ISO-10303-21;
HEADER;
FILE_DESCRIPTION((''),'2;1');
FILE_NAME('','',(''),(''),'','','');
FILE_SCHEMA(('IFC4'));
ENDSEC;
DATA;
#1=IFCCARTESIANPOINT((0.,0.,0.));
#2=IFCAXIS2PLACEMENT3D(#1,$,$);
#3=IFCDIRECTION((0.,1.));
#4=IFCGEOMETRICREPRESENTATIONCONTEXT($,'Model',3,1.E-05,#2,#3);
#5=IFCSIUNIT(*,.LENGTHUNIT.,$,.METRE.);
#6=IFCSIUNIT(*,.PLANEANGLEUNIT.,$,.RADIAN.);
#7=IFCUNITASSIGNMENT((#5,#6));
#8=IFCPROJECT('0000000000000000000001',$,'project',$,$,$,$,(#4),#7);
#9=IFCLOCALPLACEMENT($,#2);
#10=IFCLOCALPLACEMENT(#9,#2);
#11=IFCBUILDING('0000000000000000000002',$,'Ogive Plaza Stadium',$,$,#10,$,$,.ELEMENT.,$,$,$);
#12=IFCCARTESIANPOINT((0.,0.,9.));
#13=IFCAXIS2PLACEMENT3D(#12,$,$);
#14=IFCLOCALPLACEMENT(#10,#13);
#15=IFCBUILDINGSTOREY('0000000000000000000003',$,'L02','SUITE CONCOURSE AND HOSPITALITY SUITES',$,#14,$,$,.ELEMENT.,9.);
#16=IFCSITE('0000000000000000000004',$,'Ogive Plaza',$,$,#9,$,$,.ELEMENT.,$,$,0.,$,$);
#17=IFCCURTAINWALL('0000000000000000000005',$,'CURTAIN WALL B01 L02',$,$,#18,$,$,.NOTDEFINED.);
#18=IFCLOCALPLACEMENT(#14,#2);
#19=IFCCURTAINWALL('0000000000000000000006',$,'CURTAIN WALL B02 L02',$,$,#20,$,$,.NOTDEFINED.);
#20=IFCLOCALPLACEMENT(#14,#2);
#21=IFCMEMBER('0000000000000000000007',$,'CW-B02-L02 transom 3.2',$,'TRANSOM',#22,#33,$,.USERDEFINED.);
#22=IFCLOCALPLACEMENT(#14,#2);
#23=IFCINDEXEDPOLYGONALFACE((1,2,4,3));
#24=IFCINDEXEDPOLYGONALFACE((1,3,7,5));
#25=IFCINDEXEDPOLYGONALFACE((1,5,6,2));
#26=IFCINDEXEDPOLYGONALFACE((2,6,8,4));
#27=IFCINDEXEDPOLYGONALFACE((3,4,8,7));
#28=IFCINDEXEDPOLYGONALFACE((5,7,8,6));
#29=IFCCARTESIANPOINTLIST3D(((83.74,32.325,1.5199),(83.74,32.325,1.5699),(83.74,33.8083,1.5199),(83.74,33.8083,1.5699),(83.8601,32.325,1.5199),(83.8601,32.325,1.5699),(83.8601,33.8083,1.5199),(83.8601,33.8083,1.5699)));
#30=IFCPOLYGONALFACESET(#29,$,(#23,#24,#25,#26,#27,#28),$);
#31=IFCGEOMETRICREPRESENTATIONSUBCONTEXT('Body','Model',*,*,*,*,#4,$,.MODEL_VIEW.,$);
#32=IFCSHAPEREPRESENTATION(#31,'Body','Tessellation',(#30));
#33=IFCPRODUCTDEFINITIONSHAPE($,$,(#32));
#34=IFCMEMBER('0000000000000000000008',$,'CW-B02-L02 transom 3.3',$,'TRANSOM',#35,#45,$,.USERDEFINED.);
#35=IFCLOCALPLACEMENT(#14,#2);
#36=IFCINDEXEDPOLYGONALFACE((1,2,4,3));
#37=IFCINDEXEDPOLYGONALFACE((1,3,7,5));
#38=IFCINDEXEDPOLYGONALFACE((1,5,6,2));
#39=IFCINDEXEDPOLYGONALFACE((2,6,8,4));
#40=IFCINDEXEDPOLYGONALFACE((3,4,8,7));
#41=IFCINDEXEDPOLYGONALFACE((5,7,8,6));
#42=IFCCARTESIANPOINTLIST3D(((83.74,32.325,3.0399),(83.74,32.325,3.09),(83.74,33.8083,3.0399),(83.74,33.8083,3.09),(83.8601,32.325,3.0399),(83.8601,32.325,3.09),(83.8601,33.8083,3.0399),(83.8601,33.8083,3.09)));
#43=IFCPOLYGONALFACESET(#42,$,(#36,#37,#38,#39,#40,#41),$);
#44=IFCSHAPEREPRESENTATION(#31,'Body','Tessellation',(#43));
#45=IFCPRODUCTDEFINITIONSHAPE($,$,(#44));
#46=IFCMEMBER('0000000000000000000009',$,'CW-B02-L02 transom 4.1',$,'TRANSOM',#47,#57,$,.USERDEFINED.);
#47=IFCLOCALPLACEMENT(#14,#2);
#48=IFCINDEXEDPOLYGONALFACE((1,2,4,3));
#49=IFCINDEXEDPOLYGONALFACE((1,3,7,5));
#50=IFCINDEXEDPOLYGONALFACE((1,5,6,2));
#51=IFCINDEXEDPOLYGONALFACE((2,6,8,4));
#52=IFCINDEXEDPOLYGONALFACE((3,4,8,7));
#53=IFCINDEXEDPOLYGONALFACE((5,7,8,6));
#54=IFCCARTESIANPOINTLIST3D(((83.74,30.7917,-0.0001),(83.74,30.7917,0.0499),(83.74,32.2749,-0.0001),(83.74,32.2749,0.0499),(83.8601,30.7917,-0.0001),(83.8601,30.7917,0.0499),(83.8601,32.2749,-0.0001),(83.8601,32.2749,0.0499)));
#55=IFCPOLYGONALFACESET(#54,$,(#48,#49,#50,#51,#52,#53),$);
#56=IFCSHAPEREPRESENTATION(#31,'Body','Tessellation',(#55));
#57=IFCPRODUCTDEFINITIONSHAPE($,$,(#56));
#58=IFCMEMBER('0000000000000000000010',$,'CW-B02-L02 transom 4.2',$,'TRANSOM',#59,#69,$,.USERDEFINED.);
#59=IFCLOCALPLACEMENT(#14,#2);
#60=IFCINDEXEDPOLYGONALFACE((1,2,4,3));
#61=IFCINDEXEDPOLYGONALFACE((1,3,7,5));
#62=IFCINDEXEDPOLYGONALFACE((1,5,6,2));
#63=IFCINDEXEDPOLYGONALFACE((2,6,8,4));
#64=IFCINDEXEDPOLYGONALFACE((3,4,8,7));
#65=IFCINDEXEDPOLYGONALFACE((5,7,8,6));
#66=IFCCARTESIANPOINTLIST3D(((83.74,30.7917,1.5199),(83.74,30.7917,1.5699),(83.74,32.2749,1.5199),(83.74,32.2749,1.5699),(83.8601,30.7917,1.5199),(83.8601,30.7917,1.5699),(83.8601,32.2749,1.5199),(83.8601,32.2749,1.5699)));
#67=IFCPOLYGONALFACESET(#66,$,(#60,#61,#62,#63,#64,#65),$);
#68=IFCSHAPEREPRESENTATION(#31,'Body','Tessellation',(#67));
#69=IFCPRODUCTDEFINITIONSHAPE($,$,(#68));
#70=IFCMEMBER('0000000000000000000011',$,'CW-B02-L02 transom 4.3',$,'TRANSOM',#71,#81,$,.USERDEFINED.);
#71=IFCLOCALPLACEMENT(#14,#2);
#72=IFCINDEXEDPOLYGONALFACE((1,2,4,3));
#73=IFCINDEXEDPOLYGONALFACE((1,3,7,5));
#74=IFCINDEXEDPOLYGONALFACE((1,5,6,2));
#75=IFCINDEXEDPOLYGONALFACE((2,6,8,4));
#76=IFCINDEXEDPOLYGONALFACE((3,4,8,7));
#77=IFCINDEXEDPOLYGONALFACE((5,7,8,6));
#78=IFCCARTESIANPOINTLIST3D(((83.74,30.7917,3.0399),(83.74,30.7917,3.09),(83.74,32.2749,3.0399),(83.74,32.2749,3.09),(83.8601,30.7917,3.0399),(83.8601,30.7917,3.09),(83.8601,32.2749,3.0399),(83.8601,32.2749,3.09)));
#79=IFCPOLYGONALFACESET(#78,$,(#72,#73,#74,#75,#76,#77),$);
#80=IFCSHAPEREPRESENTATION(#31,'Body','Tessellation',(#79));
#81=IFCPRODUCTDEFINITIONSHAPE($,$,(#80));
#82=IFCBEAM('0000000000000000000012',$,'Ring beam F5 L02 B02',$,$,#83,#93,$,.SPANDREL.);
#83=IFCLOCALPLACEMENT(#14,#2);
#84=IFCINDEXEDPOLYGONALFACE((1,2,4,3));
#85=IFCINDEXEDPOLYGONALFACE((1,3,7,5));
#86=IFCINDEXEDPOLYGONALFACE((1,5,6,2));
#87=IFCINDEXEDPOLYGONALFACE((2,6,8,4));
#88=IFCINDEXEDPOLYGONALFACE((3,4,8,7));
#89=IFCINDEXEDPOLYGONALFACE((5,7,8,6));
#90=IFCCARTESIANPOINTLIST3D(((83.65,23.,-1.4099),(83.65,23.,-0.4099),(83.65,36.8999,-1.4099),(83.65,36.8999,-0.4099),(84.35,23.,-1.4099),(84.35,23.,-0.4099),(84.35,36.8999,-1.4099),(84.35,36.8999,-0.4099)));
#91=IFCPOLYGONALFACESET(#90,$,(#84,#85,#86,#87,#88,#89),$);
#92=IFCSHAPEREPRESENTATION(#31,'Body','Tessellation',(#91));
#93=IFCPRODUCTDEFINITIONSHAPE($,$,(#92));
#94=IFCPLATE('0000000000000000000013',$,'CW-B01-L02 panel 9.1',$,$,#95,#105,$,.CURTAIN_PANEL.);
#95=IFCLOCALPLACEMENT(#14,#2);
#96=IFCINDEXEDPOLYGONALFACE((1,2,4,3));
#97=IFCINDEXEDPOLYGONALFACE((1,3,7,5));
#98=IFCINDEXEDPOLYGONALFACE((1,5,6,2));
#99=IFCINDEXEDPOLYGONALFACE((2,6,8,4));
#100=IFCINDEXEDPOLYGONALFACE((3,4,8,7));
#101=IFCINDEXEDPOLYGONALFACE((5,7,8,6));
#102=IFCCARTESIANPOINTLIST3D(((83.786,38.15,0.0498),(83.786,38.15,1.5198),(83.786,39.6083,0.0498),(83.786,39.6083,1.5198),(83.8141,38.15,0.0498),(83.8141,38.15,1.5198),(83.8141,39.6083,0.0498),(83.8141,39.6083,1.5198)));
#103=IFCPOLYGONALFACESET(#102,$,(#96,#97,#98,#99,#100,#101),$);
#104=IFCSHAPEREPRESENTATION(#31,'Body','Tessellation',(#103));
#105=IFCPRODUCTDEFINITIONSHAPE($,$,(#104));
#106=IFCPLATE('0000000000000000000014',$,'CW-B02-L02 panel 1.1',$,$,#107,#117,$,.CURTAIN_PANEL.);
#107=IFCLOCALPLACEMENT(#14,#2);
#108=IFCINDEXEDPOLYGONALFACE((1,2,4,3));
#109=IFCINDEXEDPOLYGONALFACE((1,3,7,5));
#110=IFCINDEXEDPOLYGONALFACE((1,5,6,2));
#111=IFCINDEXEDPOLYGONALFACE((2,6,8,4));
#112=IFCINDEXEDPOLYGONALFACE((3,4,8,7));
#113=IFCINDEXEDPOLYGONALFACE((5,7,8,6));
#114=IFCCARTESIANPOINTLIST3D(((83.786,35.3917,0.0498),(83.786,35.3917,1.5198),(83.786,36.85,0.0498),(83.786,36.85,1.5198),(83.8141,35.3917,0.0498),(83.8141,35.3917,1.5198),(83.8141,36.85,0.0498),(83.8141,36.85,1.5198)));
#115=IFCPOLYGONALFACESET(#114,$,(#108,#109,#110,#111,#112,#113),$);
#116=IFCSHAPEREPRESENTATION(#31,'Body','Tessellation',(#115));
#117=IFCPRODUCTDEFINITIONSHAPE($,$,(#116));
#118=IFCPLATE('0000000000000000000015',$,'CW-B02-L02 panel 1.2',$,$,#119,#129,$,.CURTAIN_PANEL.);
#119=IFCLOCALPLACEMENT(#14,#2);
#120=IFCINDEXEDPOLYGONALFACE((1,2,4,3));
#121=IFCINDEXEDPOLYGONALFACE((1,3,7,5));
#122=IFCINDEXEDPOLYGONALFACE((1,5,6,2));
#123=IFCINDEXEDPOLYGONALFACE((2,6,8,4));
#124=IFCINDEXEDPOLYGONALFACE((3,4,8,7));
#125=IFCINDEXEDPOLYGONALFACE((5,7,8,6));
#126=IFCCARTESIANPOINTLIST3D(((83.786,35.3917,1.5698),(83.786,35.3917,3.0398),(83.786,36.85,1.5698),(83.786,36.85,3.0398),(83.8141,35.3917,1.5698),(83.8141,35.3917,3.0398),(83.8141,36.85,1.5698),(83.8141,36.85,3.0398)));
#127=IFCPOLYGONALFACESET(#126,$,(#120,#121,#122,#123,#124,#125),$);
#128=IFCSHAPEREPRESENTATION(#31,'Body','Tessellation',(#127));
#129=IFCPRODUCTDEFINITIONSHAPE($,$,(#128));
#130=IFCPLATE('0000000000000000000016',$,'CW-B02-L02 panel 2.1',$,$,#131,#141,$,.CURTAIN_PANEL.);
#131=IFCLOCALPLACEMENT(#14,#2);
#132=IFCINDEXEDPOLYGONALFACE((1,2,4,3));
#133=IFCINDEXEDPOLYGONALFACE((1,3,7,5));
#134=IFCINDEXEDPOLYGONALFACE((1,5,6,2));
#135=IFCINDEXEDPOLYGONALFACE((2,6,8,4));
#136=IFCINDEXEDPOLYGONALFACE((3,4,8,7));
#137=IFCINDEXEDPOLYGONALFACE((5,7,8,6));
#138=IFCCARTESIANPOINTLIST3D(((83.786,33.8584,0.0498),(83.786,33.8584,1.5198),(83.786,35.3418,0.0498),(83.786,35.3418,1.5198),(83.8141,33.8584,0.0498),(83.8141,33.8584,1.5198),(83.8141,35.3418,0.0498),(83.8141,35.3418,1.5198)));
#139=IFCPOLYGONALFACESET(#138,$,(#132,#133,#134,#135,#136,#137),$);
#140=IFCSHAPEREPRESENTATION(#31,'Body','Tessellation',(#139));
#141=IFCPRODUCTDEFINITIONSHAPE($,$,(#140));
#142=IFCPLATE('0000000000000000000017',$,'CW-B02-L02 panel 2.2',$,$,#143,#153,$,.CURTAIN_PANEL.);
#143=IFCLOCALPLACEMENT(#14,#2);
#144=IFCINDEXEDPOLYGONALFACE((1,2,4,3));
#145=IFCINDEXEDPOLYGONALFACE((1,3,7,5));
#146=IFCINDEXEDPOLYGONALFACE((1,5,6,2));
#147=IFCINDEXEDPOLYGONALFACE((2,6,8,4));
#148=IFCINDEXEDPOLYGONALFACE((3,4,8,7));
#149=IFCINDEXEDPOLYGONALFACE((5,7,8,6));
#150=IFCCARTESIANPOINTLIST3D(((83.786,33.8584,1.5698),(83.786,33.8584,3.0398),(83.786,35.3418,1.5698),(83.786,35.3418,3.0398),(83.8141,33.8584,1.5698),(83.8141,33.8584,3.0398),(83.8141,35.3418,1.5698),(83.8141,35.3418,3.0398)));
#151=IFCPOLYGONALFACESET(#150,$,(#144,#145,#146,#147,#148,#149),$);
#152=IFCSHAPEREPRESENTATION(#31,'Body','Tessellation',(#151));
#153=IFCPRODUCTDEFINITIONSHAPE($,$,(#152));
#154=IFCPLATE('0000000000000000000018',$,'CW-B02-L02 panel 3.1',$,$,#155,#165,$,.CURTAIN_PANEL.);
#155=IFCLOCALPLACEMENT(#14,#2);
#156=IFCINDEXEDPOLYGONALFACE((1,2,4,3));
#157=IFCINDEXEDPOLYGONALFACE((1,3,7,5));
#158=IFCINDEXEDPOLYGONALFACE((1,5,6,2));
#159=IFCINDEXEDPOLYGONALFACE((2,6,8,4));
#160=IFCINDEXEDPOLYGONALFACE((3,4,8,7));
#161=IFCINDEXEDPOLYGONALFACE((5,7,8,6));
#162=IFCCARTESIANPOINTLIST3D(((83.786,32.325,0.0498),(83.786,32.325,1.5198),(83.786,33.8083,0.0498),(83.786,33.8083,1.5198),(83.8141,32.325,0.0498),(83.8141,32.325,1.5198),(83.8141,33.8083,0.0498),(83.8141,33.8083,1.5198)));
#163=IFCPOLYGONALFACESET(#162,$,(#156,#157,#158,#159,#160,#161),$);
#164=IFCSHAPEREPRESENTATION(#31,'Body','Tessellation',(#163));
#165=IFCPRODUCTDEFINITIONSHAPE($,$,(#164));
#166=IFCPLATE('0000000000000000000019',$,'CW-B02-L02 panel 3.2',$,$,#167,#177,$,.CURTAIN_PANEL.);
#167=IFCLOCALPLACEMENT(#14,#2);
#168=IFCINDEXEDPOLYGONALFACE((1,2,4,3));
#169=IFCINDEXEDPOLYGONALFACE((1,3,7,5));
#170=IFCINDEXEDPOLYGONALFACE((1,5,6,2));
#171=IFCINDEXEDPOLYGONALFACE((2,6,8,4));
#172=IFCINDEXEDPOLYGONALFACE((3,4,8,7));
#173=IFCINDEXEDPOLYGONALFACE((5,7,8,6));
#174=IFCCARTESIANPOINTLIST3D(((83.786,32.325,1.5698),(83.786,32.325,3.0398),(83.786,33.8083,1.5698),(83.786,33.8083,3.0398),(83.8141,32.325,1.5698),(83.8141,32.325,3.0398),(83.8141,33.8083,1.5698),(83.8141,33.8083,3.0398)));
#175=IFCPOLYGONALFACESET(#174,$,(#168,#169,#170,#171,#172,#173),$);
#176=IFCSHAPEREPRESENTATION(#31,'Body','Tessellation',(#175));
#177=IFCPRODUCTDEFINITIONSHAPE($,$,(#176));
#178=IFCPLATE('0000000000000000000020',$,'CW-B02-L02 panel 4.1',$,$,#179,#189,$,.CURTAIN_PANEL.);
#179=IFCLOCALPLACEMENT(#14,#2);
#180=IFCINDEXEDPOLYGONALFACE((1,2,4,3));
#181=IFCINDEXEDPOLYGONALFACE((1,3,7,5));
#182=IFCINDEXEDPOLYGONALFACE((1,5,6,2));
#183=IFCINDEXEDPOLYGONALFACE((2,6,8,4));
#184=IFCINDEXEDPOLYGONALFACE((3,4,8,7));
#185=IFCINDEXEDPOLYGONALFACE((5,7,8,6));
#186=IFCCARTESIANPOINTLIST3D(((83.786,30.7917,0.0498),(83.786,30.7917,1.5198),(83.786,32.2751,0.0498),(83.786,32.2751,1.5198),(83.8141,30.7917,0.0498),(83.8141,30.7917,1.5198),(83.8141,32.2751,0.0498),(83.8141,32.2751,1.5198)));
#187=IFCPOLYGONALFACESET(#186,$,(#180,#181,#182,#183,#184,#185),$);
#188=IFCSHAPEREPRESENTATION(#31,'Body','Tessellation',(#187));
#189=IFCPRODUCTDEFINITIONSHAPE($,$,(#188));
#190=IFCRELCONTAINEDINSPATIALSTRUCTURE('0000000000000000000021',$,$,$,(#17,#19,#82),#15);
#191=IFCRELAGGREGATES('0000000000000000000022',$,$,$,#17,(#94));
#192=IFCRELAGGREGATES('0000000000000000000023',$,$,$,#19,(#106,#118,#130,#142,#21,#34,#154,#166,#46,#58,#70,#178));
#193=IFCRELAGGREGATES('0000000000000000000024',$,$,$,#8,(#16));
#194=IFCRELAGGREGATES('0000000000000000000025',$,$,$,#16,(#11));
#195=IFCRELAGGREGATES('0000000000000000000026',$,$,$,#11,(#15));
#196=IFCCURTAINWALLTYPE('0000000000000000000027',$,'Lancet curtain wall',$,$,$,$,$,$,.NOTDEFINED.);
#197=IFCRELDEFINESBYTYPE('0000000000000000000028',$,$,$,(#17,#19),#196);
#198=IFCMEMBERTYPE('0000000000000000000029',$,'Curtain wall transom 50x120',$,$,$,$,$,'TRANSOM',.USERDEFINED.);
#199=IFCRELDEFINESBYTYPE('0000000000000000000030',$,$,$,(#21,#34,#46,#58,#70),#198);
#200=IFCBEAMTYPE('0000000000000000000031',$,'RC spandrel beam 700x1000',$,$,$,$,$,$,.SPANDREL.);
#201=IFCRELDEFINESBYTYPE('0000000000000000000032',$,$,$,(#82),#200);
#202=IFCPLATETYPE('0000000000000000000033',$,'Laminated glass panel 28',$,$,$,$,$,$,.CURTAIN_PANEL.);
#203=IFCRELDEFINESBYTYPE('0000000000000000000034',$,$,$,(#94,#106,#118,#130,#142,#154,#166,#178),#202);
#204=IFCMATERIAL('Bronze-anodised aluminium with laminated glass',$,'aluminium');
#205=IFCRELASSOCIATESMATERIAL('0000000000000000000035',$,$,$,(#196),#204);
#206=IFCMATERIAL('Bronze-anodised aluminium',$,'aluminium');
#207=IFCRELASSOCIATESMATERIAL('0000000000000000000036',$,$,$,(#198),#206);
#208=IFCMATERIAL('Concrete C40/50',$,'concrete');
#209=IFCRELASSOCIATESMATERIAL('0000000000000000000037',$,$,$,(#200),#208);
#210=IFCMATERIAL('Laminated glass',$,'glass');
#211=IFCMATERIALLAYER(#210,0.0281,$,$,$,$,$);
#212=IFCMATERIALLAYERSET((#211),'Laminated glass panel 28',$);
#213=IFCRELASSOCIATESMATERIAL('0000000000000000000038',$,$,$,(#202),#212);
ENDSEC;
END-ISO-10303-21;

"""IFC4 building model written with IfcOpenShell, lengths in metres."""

from ifc_helpers import new_model, si_unit, direction, frame, origin, origin_2d, place, context, subcontext, project, spatial, rectangle, extrude, material, layer, layer_set, material_profile, profile_set, type_object, element, aggregate, save


model = new_model("IFC4")

# Units and contexts
model_context = context("Model", 3, precision=1e-05, world=origin(), true_north=direction((0.0, 1.0)))
body_context = subcontext(model_context, "Body", "Model", "MODEL_VIEW")
ifc_project = project(units=[si_unit("LENGTHUNIT", "METRE"), si_unit("PLANEANGLEUNIT", "RADIAN")], contexts=[model_context])

# Site, building, storey
site_placement = place(None, origin())
site = spatial("IfcSite", under=ifc_project, at=site_placement, Name="Ogive Plaza", CompositionType="ELEMENT", RefElevation=0.0)
building_placement = place(site_placement, origin())
building = spatial("IfcBuilding", under=site, at=building_placement, Name="Ogive Plaza Stadium", CompositionType="ELEMENT")
storey_placement = place(building_placement, frame((0.0, 0.0, 9.0)))
storey = spatial("IfcBuildingStorey", under=building, at=storey_placement, Name="L02", Description="SUITE CONCOURSE AND HOSPITALITY SUITES", CompositionType="ELEMENT", Elevation=9.0)

# Curtain wall
ifc_material_1 = material(Name="Bronze-anodised aluminium with laminated glass", Category="aluminium")
curtain_wall_type = type_object("IfcCurtainWallType", Name="Lancet curtain wall", PredefinedType="NOTDEFINED", material=ifc_material_1)
curtain_wall_1_placement = place(storey_placement, origin())
curtain_wall_1 = element("IfcCurtainWall", 1, at=curtain_wall_1_placement, inside=storey, type_object=curtain_wall_type, Name="CURTAIN WALL B01 L02", PredefinedType="NOTDEFINED")

# Curtain wall, members
curtain_wall_2_placement = place(storey_placement, origin())
curtain_wall_2 = element("IfcCurtainWall", 2, at=curtain_wall_2_placement, inside=storey, type_object=curtain_wall_type, Name="CURTAIN WALL B02 L02", PredefinedType="NOTDEFINED")
ifc_material_2 = material(Name="Bronze-anodised aluminium", Category="aluminium")
ifc_material_profile_1 = material_profile(ifc_material_2, rectangle(XDim=0.1201, YDim=0.05, at=origin_2d()), Name="AL 120x50")
ifc_profile_set_1 = profile_set([ifc_material_profile_1], Name="Bronze-anodised aluminium")
member_type_1 = type_object("IfcMemberType", Name="Curtain wall transom 50x120", ElementType="TRANSOM", PredefinedType="USERDEFINED", material=ifc_profile_set_1)
member_1_placement = place(storey_placement, frame((83.8, 33.8083, 1.5449), z_axis=(0.0, -1.0, 0.0), x_axis=(1.0, 0.0, 0.0)))
member_1 = element("IfcMember", 3, at=member_1_placement, type_object=member_type_1, Name="CW-B02-L02 transom 3.2", ObjectType="TRANSOM", PredefinedType="USERDEFINED", context=body_context, shape_type="SweptSolid", body=[
    extrude(rectangle(XDim=0.1201, YDim=0.05, at=origin_2d()), origin(), (0.0, 0.0, 1.0), 1.4834),
])
member_2_placement = place(storey_placement, frame((83.8, 33.8083, 3.0649), z_axis=(0.0, -1.0, 0.0), x_axis=(1.0, 0.0, 0.0)))
member_2 = element("IfcMember", 4, at=member_2_placement, type_object=member_type_1, Name="CW-B02-L02 transom 3.3", ObjectType="TRANSOM", PredefinedType="USERDEFINED", context=body_context, shape_type="SweptSolid", body=[
    extrude(rectangle(XDim=0.1201, YDim=0.05, at=origin_2d()), origin(), (0.0, 0.0, 1.0), 1.4834),
])
member_3_placement = place(storey_placement, frame((83.8, 32.2749, 0.0249), z_axis=(0.0, -1.0, 0.0), x_axis=(1.0, 0.0, 0.0)))
member_3 = element("IfcMember", 5, at=member_3_placement, type_object=member_type_1, Name="CW-B02-L02 transom 4.1", ObjectType="TRANSOM", PredefinedType="USERDEFINED", context=body_context, shape_type="SweptSolid", body=[
    extrude(rectangle(XDim=0.1201, YDim=0.05, at=origin_2d()), origin(), (0.0, 0.0, 1.0), 1.4832),
])
member_4_placement = place(storey_placement, frame((83.8, 32.2749, 1.5449), z_axis=(0.0, -1.0, 0.0), x_axis=(1.0, 0.0, 0.0)))
member_4 = element("IfcMember", 6, at=member_4_placement, type_object=member_type_1, Name="CW-B02-L02 transom 4.2", ObjectType="TRANSOM", PredefinedType="USERDEFINED", context=body_context, shape_type="SweptSolid", body=[
    extrude(rectangle(XDim=0.1201, YDim=0.05, at=origin_2d()), origin(), (0.0, 0.0, 1.0), 1.4832),
])
member_5_placement = place(storey_placement, frame((83.8, 32.2749, 3.0649), z_axis=(0.0, -1.0, 0.0), x_axis=(1.0, 0.0, 0.0)))
member_5 = element("IfcMember", 7, at=member_5_placement, type_object=member_type_1, Name="CW-B02-L02 transom 4.3", ObjectType="TRANSOM", PredefinedType="USERDEFINED", context=body_context, shape_type="SweptSolid", body=[
    extrude(rectangle(XDim=0.1201, YDim=0.05, at=origin_2d()), origin(), (0.0, 0.0, 1.0), 1.4832),
])

# Beam
ifc_material_3 = material(Name="Concrete C40/50", Category="concrete")
ifc_material_profile_2 = material_profile(ifc_material_3, rectangle(XDim=0.7, YDim=1.0, at=origin_2d()), Name="RC 700x1000")
ifc_profile_set_2 = profile_set([ifc_material_profile_2], Name="Concrete C40/50")
beam_type = type_object("IfcBeamType", Name="RC spandrel beam 700x1000", PredefinedType="SPANDREL", material=ifc_profile_set_2)
beam_placement = place(storey_placement, frame((84.0, 36.8999, -0.9099), z_axis=(0.0, -1.0, 0.0), x_axis=(1.0, 0.0, 0.0)))
element("IfcBeam", 8, at=beam_placement, inside=storey, type_object=beam_type, Name="Ring beam F5 L02 B02", PredefinedType="SPANDREL", context=body_context, shape_type="SweptSolid", body=[
    extrude(rectangle(XDim=0.7, YDim=1.0, at=origin_2d()), origin(), (0.0, 0.0, 1.0), 13.8999),
])

# Plates
ifc_material_4 = material(Name="Laminated glass", Category="glass")
ifc_layer_1 = layer(ifc_material_4, 0.0281)
ifc_layer_set_1 = layer_set([ifc_layer_1], Name="Laminated glass panel 28")
plate_type = type_object("IfcPlateType", Name="Laminated glass panel 28", PredefinedType="CURTAIN_PANEL", material=ifc_layer_set_1)
plate_1_placement = place(storey_placement, frame((83.8, 38.8792, 0.0498), z_axis=(0.0, 0.0, 1.0), x_axis=(0.0, -1.0, 0.0)))
plate_1 = element("IfcPlate", 9, at=plate_1_placement, type_object=plate_type, Name="CW-B01-L02 panel 9.1", PredefinedType="CURTAIN_PANEL", context=body_context, shape_type="SweptSolid", body=[
    extrude(rectangle(XDim=1.4583, YDim=0.0281, at=origin_2d()), origin(), (0.0, 0.0, 1.0), 1.47),
])
aggregate(curtain_wall_1, [plate_1])
plate_2_placement = place(storey_placement, frame((83.8, 36.1208, 0.0498), z_axis=(0.0, 0.0, 1.0), x_axis=(0.0, -1.0, 0.0)))
plate_2 = element("IfcPlate", 10, at=plate_2_placement, type_object=plate_type, Name="CW-B02-L02 panel 1.1", PredefinedType="CURTAIN_PANEL", context=body_context, shape_type="SweptSolid", body=[
    extrude(rectangle(XDim=1.4583, YDim=0.0281, at=origin_2d()), origin(), (0.0, 0.0, 1.0), 1.47),
])
plate_3_placement = place(storey_placement, frame((83.8, 36.1208, 1.5698), z_axis=(0.0, 0.0, 1.0), x_axis=(0.0, -1.0, 0.0)))
plate_3 = element("IfcPlate", 11, at=plate_3_placement, type_object=plate_type, Name="CW-B02-L02 panel 1.2", PredefinedType="CURTAIN_PANEL", context=body_context, shape_type="SweptSolid", body=[
    extrude(rectangle(XDim=1.4583, YDim=0.0281, at=origin_2d()), origin(), (0.0, 0.0, 1.0), 1.47),
])
plate_4_placement = place(storey_placement, frame((83.8, 34.6001, 0.0498), z_axis=(0.0, 0.0, 1.0), x_axis=(0.0, -1.0, 0.0)))
plate_4 = element("IfcPlate", 12, at=plate_4_placement, type_object=plate_type, Name="CW-B02-L02 panel 2.1", PredefinedType="CURTAIN_PANEL", context=body_context, shape_type="SweptSolid", body=[
    extrude(rectangle(XDim=1.4834, YDim=0.0281, at=origin_2d()), origin(), (0.0, 0.0, 1.0), 1.47),
])
plate_5_placement = place(storey_placement, frame((83.8, 34.6001, 1.5698), z_axis=(0.0, 0.0, 1.0), x_axis=(0.0, -1.0, 0.0)))
plate_5 = element("IfcPlate", 13, at=plate_5_placement, type_object=plate_type, Name="CW-B02-L02 panel 2.2", PredefinedType="CURTAIN_PANEL", context=body_context, shape_type="SweptSolid", body=[
    extrude(rectangle(XDim=1.4834, YDim=0.0281, at=origin_2d()), origin(), (0.0, 0.0, 1.0), 1.47),
])
plate_6_placement = place(storey_placement, frame((83.8, 33.0667, 0.0498), z_axis=(0.0, 0.0, 1.0), x_axis=(0.0, -1.0, 0.0)))
plate_6 = element("IfcPlate", 14, at=plate_6_placement, type_object=plate_type, Name="CW-B02-L02 panel 3.1", PredefinedType="CURTAIN_PANEL", context=body_context, shape_type="SweptSolid", body=[
    extrude(rectangle(XDim=1.4834, YDim=0.0281, at=origin_2d()), origin(), (0.0, 0.0, 1.0), 1.47),
])
plate_7_placement = place(storey_placement, frame((83.8, 33.0667, 1.5698), z_axis=(0.0, 0.0, 1.0), x_axis=(0.0, -1.0, 0.0)))
plate_7 = element("IfcPlate", 15, at=plate_7_placement, type_object=plate_type, Name="CW-B02-L02 panel 3.2", PredefinedType="CURTAIN_PANEL", context=body_context, shape_type="SweptSolid", body=[
    extrude(rectangle(XDim=1.4834, YDim=0.0281, at=origin_2d()), origin(), (0.0, 0.0, 1.0), 1.47),
])
plate_8_placement = place(storey_placement, frame((83.8, 31.5334, 0.0498), z_axis=(0.0, 0.0, 1.0), x_axis=(0.0, -1.0, 0.0)))
plate_8 = element("IfcPlate", 16, at=plate_8_placement, type_object=plate_type, Name="CW-B02-L02 panel 4.1", PredefinedType="CURTAIN_PANEL", context=body_context, shape_type="SweptSolid", body=[
    extrude(rectangle(XDim=1.4834, YDim=0.0281, at=origin_2d()), origin(), (0.0, 0.0, 1.0), 1.47),
])
aggregate(curtain_wall_2, [plate_2, plate_3, plate_4, plate_5, member_1, member_2, plate_6, plate_7, member_3, member_4, member_5, plate_8])

save(model, "model.ifc")
